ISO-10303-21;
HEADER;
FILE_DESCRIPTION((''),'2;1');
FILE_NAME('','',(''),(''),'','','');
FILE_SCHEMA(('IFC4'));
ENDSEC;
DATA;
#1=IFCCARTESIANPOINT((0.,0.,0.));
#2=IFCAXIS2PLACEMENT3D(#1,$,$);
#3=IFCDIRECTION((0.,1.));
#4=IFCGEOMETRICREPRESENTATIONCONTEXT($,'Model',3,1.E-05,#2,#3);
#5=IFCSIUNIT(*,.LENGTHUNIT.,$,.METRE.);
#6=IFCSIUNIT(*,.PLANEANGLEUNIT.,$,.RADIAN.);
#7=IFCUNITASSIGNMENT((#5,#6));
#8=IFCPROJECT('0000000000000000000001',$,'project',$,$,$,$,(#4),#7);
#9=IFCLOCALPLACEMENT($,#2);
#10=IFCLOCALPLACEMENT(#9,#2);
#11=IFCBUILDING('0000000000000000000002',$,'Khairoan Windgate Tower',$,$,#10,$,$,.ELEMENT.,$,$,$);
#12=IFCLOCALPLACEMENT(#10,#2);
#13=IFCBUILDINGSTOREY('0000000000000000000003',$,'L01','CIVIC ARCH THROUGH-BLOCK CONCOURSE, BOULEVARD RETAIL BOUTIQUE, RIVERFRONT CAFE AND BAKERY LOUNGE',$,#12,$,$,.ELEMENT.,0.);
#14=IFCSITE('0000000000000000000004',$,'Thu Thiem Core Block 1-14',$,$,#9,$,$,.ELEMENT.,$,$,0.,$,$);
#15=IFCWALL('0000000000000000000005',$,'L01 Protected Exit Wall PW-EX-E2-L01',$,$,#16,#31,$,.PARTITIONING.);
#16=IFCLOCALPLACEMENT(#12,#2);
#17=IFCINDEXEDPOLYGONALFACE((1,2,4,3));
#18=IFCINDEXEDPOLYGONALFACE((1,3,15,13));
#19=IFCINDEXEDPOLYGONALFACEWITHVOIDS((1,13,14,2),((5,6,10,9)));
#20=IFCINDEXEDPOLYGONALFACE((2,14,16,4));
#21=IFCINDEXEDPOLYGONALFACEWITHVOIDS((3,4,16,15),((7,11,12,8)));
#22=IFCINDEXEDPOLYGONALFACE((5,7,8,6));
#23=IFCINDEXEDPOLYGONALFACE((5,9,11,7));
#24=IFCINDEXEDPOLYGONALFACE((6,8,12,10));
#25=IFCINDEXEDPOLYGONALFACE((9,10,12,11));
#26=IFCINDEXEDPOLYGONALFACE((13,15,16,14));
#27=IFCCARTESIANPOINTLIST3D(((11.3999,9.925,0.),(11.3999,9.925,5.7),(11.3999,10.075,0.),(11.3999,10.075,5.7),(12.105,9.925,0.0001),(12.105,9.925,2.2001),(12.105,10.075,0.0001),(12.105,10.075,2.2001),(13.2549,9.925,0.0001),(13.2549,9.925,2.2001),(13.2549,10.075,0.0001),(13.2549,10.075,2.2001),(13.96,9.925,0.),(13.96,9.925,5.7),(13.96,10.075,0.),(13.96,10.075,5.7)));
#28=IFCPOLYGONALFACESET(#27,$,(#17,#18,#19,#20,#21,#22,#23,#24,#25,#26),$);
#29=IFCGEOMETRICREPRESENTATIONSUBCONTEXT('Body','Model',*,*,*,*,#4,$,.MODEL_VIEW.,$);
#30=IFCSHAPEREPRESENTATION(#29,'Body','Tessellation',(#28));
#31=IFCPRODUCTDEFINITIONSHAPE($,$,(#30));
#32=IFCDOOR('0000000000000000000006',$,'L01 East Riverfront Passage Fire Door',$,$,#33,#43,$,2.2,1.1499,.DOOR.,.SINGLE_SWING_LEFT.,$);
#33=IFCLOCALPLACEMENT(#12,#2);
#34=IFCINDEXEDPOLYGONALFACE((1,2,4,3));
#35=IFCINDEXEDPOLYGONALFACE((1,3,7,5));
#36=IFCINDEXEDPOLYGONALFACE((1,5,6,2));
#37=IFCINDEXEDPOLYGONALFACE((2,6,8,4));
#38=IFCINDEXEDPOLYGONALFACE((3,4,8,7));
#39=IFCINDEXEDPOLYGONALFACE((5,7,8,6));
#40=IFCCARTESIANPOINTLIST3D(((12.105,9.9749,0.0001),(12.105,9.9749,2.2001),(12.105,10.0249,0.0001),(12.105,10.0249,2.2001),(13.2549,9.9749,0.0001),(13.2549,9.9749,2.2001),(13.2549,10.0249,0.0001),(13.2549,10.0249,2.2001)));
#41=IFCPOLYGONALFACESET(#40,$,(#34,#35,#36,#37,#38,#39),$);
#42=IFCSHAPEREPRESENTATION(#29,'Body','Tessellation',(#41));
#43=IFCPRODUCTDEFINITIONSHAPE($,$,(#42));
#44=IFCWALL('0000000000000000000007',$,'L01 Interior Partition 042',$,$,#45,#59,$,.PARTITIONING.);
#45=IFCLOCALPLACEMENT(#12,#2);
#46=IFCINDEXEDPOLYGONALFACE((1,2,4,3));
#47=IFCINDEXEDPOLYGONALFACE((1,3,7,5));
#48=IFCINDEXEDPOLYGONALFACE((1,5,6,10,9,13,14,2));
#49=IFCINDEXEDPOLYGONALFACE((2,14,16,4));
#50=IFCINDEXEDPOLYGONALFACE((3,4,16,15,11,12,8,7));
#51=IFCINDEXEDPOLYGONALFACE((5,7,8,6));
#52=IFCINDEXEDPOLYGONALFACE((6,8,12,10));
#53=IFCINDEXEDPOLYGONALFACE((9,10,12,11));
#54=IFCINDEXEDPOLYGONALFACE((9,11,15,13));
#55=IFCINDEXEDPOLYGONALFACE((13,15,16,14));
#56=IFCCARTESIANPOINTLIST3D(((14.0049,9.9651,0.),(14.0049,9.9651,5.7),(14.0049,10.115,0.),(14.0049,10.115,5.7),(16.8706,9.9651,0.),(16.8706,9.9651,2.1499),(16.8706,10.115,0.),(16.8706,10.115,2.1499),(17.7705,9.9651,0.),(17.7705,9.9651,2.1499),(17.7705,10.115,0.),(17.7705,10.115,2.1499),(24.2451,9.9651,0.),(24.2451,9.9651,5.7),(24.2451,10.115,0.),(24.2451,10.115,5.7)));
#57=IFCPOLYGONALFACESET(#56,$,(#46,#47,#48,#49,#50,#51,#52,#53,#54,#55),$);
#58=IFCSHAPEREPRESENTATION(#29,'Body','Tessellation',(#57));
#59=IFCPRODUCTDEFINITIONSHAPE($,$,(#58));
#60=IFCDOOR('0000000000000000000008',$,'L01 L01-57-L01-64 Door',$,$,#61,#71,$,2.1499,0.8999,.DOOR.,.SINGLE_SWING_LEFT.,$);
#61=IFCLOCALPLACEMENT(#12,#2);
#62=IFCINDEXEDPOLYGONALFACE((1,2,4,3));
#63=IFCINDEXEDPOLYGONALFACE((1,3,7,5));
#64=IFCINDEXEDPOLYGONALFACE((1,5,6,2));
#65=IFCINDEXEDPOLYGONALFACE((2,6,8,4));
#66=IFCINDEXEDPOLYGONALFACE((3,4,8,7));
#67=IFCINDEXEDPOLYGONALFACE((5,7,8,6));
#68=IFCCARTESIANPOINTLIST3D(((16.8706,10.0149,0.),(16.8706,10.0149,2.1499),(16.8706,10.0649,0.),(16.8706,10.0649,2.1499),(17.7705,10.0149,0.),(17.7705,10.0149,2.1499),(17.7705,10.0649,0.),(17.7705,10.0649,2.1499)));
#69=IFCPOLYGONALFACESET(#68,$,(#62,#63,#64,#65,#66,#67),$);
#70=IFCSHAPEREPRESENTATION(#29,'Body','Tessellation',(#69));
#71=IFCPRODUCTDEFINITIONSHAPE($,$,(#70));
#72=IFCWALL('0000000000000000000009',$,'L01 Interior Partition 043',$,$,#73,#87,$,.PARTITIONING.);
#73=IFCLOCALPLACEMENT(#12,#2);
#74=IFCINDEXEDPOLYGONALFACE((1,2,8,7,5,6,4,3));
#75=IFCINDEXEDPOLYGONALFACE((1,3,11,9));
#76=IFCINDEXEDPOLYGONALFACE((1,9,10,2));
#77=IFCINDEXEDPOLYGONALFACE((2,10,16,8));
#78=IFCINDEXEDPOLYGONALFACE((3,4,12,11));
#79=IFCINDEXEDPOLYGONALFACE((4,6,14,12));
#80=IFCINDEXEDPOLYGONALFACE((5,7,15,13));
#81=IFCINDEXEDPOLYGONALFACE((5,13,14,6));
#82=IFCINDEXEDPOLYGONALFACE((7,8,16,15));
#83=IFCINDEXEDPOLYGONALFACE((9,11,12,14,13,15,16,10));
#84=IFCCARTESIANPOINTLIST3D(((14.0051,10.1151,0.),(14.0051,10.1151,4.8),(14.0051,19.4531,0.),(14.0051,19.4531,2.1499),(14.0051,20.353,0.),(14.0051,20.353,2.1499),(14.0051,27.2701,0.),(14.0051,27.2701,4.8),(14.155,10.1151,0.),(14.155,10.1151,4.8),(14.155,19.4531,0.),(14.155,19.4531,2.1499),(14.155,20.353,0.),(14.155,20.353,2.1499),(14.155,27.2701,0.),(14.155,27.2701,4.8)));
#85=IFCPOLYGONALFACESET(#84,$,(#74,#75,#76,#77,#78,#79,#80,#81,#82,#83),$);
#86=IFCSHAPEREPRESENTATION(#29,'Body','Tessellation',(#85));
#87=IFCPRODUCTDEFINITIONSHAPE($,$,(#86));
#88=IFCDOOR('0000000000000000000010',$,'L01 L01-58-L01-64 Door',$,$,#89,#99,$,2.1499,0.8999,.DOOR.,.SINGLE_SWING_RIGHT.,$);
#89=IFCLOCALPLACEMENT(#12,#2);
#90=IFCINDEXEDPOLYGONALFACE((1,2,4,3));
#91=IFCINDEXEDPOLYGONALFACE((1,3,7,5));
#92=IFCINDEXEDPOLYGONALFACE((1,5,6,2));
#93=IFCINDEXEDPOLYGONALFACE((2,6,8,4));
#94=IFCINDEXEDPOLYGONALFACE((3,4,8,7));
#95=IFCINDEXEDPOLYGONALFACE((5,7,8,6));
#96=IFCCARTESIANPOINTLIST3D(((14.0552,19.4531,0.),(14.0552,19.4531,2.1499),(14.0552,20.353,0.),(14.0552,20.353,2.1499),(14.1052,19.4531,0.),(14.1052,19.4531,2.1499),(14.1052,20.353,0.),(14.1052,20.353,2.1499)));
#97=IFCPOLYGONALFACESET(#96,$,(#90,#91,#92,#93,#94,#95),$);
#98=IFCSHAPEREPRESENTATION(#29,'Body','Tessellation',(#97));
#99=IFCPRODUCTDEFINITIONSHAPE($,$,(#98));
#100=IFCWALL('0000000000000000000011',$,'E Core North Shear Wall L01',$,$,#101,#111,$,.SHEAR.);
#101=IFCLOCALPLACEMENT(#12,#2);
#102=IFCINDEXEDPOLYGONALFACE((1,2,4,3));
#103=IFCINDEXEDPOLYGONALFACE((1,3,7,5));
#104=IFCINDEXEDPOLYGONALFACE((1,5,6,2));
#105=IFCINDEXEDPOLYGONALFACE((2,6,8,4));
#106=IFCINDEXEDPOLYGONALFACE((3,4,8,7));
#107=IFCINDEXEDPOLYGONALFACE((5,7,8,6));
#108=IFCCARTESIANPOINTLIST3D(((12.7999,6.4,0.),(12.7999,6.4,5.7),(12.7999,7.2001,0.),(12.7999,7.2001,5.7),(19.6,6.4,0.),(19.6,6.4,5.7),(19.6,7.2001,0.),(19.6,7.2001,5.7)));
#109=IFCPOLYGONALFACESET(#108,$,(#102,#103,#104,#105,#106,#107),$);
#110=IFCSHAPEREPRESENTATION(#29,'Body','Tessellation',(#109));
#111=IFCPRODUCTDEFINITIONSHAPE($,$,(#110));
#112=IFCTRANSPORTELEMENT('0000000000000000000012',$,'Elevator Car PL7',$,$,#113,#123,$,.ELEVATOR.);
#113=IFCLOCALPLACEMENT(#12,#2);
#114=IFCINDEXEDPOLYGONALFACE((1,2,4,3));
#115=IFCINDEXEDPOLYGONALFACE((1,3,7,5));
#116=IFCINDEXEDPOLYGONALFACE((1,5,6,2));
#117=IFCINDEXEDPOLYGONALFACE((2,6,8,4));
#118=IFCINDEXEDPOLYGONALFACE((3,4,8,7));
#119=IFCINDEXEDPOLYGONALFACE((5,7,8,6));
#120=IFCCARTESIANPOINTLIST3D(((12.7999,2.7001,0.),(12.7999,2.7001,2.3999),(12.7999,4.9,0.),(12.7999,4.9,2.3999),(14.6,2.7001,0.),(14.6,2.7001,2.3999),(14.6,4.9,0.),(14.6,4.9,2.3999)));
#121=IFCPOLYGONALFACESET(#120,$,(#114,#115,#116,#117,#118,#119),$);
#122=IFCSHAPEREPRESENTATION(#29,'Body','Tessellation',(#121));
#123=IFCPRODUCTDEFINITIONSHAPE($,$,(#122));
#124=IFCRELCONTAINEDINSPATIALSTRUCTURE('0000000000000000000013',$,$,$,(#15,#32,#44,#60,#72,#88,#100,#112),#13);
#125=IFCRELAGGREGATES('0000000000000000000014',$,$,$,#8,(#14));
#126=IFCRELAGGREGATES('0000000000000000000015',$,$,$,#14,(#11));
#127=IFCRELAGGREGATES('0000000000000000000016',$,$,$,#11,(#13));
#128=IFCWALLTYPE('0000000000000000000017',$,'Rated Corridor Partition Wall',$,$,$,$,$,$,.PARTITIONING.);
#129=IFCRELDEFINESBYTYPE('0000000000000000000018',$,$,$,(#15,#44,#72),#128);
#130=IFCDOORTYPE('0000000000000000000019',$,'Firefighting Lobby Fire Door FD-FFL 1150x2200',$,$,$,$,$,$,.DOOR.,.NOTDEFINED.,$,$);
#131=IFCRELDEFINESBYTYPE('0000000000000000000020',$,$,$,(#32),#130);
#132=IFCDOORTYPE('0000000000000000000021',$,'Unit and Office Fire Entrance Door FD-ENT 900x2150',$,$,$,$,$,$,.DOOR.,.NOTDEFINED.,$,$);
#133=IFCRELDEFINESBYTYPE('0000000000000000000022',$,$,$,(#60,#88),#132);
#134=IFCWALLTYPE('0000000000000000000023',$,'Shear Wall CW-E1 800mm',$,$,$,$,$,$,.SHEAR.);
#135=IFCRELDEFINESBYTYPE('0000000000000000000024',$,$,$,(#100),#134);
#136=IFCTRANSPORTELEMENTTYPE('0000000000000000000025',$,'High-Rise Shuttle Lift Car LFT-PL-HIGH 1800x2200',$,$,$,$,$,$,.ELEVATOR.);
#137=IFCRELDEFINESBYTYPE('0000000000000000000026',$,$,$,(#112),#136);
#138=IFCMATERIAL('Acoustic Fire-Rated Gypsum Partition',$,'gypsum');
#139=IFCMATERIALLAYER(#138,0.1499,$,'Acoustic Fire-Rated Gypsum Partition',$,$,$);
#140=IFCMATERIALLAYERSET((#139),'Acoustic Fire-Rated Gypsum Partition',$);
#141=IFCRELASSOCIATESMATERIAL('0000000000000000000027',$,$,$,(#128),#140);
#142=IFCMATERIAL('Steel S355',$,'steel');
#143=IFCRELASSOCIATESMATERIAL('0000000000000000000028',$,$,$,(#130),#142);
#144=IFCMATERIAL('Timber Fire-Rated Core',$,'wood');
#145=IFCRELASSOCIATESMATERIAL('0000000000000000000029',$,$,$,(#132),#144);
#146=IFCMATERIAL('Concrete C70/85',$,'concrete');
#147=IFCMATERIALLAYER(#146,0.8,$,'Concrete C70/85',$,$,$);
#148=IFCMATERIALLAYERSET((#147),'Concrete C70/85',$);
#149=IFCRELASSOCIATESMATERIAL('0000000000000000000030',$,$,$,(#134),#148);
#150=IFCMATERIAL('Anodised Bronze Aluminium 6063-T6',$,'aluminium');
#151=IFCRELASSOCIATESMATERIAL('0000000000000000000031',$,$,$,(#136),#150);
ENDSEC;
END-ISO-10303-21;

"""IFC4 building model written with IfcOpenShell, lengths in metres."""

from ifc_helpers import new_model, si_unit, direction, frame, frame_2d, origin, origin_2d, place, context, subcontext, project, spatial, rectangle, extrude, material, layer, layer_set, type_object, element, fill, save


model = new_model("IFC4")

# Units and contexts
model_context = context("Model", 3, precision=1e-05, world=origin(), true_north=direction((0.0, 1.0)))
body_context = subcontext(model_context, "Body", "Model", "MODEL_VIEW")
ifc_project = project(units=[si_unit("LENGTHUNIT", "METRE"), si_unit("PLANEANGLEUNIT", "RADIAN")], contexts=[model_context])

# Site, building, storey
site_placement = place(None, origin())
site = spatial("IfcSite", under=ifc_project, at=site_placement, Name="Thu Thiem Core Block 1-14", CompositionType="ELEMENT", RefElevation=0.0)
building_placement = place(site_placement, origin())
building = spatial("IfcBuilding", under=site, at=building_placement, Name="Khairoan Windgate Tower", CompositionType="ELEMENT")
storey_placement = place(building_placement, origin())
storey = spatial("IfcBuildingStorey", under=building, at=storey_placement, Name="L01", Description="CIVIC ARCH THROUGH-BLOCK CONCOURSE, BOULEVARD RETAIL BOUTIQUE, RIVERFRONT CAFE AND BAKERY LOUNGE", CompositionType="ELEMENT", Elevation=0.0)

# Walls, openings, doors
ifc_material_1 = material(Name="Acoustic Fire-Rated Gypsum Partition", Category="gypsum")
ifc_layer_1 = layer(ifc_material_1, 0.1499, Name="Acoustic Fire-Rated Gypsum Partition")
ifc_layer_set_1 = layer_set([ifc_layer_1], Name="Acoustic Fire-Rated Gypsum Partition")
wall_type_1 = type_object("IfcWallType", Name="Rated Corridor Partition Wall", PredefinedType="PARTITIONING", material=ifc_layer_set_1)
ifc_material_2 = material(Name="Steel S355", Category="steel")
door_type_1 = type_object("IfcDoorType", Name="Firefighting Lobby Fire Door FD-FFL 1150x2200", OperationType="NOTDEFINED", PredefinedType="DOOR", material=ifc_material_2)
wall_1_placement = place(storey_placement, frame((11.3999, 10.0, 0.0), z_axis=(0.0, 0.0, 1.0), x_axis=(1.0, 0.0, 0.0)))
wall_1 = element("IfcWall", 1, at=wall_1_placement, inside=storey, type_object=wall_type_1, Name="L01 Protected Exit Wall PW-EX-E2-L01", PredefinedType="PARTITIONING", context=body_context, shape_type="SweptSolid", body=[
    extrude(rectangle(XDim=2.5601, YDim=0.1499, at=frame_2d((1.28, 0.0))), origin(), (0.0, 0.0, 1.0), 5.7),
])
opening_1_placement = place(wall_1_placement, frame((0.7051, 0.0, 0.0)))
opening_1 = element("IfcOpeningElement", 2, at=opening_1_placement, cuts=wall_1, PredefinedType="OPENING", context=body_context, shape_type="SweptSolid", body=[
    extrude(rectangle(XDim=1.1499, YDim=2.2, at=frame_2d((0.575, 1.1001))), frame((0.0, 0.085, 0.0), z_axis=(0.0, -1.0, 0.0), x_axis=(1.0, 0.0, 0.0)), (0.0, 0.0, 1.0), 0.1699),
])
door_1_placement = place(opening_1_placement, origin())
door_1 = element("IfcDoor", 3, at=door_1_placement, inside=storey, type_object=door_type_1, Name="L01 East Riverfront Passage Fire Door", OperationType="SINGLE_SWING_LEFT", OverallHeight=2.2, OverallWidth=1.1499, PredefinedType="DOOR", context=body_context, shape_type="SweptSolid", body=[
    extrude(rectangle(XDim=1.1499, YDim=2.2, at=frame_2d((0.575, 1.1001))), frame((0.0, 0.0249, 0.0), z_axis=(0.0, -1.0, 0.0), x_axis=(1.0, 0.0, 0.0)), (0.0, 0.0, 1.0), 0.05),
])
fill(opening_1, door_1)
wall_2_placement = place(storey_placement, frame((14.0049, 10.04, 0.0), z_axis=(0.0, 0.0, 1.0), x_axis=(1.0, 0.0, 0.0)))
wall_2 = element("IfcWall", 4, at=wall_2_placement, inside=storey, type_object=wall_type_1, Name="L01 Interior Partition 042", PredefinedType="PARTITIONING", context=body_context, shape_type="SweptSolid", body=[
    extrude(rectangle(XDim=10.2402, YDim=0.1499, at=frame_2d((5.1201, 0.0))), origin(), (0.0, 0.0, 1.0), 5.7),
])
opening_2_placement = place(wall_2_placement, frame((2.8657, 0.0, 0.0)))
opening_2 = element("IfcOpeningElement", 5, at=opening_2_placement, cuts=wall_2, PredefinedType="OPENING", context=body_context, shape_type="SweptSolid", body=[
    extrude(rectangle(XDim=0.8999, YDim=2.1499, at=frame_2d((0.45, 1.075))), frame((0.0, 0.085, 0.0), z_axis=(0.0, -1.0, 0.0), x_axis=(1.0, 0.0, 0.0)), (0.0, 0.0, 1.0), 0.1699),
])
ifc_material_3 = material(Name="Timber Fire-Rated Core", Category="wood")
door_type_2 = type_object("IfcDoorType", Name="Unit and Office Fire Entrance Door FD-ENT 900x2150", OperationType="NOTDEFINED", PredefinedType="DOOR", material=ifc_material_3)
door_2_placement = place(opening_2_placement, origin())
door_2 = element("IfcDoor", 6, at=door_2_placement, inside=storey, type_object=door_type_2, Name="L01 L01-57-L01-64 Door", OperationType="SINGLE_SWING_LEFT", OverallHeight=2.1499, OverallWidth=0.8999, PredefinedType="DOOR", context=body_context, shape_type="SweptSolid", body=[
    extrude(rectangle(XDim=0.8999, YDim=2.1499, at=frame_2d((0.45, 1.075))), frame((0.0, 0.0249, 0.0), z_axis=(0.0, -1.0, 0.0), x_axis=(1.0, 0.0, 0.0)), (0.0, 0.0, 1.0), 0.05),
])
fill(opening_2, door_2)
wall_3_placement = place(storey_placement, frame((14.0801, 10.115, 0.0), z_axis=(0.0, 0.0, 1.0), x_axis=(0.0, 1.0, 0.0)))
wall_3 = element("IfcWall", 7, at=wall_3_placement, inside=storey, type_object=wall_type_1, Name="L01 Interior Partition 043", PredefinedType="PARTITIONING", context=body_context, shape_type="SweptSolid", body=[
    extrude(rectangle(XDim=17.155, YDim=0.1499, at=frame_2d((8.5776, 0.0))), origin(), (0.0, 0.0, 1.0), 4.8),
])
opening_3_placement = place(wall_3_placement, frame((9.3381, 0.0, 0.0)))
opening_3 = element("IfcOpeningElement", 8, at=opening_3_placement, cuts=wall_3, PredefinedType="OPENING", context=body_context, shape_type="SweptSolid", body=[
    extrude(rectangle(XDim=0.8999, YDim=2.1499, at=frame_2d((0.45, 1.075))), frame((0.0, 0.085, 0.0), z_axis=(0.0, -1.0, 0.0), x_axis=(1.0, 0.0, 0.0)), (0.0, 0.0, 1.0), 0.1699),
])
door_3_placement = place(opening_3_placement, origin())
door_3 = element("IfcDoor", 9, at=door_3_placement, inside=storey, type_object=door_type_2, Name="L01 L01-58-L01-64 Door", OperationType="SINGLE_SWING_RIGHT", OverallHeight=2.1499, OverallWidth=0.8999, PredefinedType="DOOR", context=body_context, shape_type="SweptSolid", body=[
    extrude(rectangle(XDim=0.8999, YDim=2.1499, at=frame_2d((0.45, 1.075))), frame((0.0, 0.0249, 0.0), z_axis=(0.0, -1.0, 0.0), x_axis=(1.0, 0.0, 0.0)), (0.0, 0.0, 1.0), 0.05),
])
fill(opening_3, door_3)

# Wall
ifc_material_4 = material(Name="Concrete C70/85", Category="concrete")
ifc_layer_2 = layer(ifc_material_4, 0.8, Name="Concrete C70/85")
ifc_layer_set_2 = layer_set([ifc_layer_2], Name="Concrete C70/85")
wall_type_2 = type_object("IfcWallType", Name="Shear Wall CW-E1 800mm", PredefinedType="SHEAR", material=ifc_layer_set_2)
wall_4_placement = place(storey_placement, frame((12.8, 6.8, 0.0), z_axis=(0.0, 0.0, 1.0), x_axis=(1.0, 0.0, 0.0)))
element("IfcWall", 10, at=wall_4_placement, inside=storey, type_object=wall_type_2, Name="E Core North Shear Wall L01", PredefinedType="SHEAR", context=body_context, shape_type="SweptSolid", body=[
    extrude(rectangle(XDim=6.8, YDim=0.8, at=frame_2d((3.3999, 0.0))), origin(), (0.0, 0.0, 1.0), 5.7),
])

# Transport element
ifc_material_5 = material(Name="Anodised Bronze Aluminium 6063-T6", Category="aluminium")
transport_element_type = type_object("IfcTransportElementType", Name="High-Rise Shuttle Lift Car LFT-PL-HIGH 1800x2200", PredefinedType="ELEVATOR", material=ifc_material_5)
transport_element_placement = place(storey_placement, frame((13.7, 3.8, 0.0), z_axis=(0.0, 0.0, 1.0), x_axis=(1.0, 0.0, 0.0)))
element("IfcTransportElement", 11, at=transport_element_placement, inside=storey, type_object=transport_element_type, Name="Elevator Car PL7", PredefinedType="ELEVATOR", context=body_context, shape_type="SweptSolid", body=[
    extrude(rectangle(XDim=1.8, YDim=2.2, at=origin_2d()), origin(), (0.0, 0.0, 1.0), 2.3999),
])

save(model, "model.ifc")
